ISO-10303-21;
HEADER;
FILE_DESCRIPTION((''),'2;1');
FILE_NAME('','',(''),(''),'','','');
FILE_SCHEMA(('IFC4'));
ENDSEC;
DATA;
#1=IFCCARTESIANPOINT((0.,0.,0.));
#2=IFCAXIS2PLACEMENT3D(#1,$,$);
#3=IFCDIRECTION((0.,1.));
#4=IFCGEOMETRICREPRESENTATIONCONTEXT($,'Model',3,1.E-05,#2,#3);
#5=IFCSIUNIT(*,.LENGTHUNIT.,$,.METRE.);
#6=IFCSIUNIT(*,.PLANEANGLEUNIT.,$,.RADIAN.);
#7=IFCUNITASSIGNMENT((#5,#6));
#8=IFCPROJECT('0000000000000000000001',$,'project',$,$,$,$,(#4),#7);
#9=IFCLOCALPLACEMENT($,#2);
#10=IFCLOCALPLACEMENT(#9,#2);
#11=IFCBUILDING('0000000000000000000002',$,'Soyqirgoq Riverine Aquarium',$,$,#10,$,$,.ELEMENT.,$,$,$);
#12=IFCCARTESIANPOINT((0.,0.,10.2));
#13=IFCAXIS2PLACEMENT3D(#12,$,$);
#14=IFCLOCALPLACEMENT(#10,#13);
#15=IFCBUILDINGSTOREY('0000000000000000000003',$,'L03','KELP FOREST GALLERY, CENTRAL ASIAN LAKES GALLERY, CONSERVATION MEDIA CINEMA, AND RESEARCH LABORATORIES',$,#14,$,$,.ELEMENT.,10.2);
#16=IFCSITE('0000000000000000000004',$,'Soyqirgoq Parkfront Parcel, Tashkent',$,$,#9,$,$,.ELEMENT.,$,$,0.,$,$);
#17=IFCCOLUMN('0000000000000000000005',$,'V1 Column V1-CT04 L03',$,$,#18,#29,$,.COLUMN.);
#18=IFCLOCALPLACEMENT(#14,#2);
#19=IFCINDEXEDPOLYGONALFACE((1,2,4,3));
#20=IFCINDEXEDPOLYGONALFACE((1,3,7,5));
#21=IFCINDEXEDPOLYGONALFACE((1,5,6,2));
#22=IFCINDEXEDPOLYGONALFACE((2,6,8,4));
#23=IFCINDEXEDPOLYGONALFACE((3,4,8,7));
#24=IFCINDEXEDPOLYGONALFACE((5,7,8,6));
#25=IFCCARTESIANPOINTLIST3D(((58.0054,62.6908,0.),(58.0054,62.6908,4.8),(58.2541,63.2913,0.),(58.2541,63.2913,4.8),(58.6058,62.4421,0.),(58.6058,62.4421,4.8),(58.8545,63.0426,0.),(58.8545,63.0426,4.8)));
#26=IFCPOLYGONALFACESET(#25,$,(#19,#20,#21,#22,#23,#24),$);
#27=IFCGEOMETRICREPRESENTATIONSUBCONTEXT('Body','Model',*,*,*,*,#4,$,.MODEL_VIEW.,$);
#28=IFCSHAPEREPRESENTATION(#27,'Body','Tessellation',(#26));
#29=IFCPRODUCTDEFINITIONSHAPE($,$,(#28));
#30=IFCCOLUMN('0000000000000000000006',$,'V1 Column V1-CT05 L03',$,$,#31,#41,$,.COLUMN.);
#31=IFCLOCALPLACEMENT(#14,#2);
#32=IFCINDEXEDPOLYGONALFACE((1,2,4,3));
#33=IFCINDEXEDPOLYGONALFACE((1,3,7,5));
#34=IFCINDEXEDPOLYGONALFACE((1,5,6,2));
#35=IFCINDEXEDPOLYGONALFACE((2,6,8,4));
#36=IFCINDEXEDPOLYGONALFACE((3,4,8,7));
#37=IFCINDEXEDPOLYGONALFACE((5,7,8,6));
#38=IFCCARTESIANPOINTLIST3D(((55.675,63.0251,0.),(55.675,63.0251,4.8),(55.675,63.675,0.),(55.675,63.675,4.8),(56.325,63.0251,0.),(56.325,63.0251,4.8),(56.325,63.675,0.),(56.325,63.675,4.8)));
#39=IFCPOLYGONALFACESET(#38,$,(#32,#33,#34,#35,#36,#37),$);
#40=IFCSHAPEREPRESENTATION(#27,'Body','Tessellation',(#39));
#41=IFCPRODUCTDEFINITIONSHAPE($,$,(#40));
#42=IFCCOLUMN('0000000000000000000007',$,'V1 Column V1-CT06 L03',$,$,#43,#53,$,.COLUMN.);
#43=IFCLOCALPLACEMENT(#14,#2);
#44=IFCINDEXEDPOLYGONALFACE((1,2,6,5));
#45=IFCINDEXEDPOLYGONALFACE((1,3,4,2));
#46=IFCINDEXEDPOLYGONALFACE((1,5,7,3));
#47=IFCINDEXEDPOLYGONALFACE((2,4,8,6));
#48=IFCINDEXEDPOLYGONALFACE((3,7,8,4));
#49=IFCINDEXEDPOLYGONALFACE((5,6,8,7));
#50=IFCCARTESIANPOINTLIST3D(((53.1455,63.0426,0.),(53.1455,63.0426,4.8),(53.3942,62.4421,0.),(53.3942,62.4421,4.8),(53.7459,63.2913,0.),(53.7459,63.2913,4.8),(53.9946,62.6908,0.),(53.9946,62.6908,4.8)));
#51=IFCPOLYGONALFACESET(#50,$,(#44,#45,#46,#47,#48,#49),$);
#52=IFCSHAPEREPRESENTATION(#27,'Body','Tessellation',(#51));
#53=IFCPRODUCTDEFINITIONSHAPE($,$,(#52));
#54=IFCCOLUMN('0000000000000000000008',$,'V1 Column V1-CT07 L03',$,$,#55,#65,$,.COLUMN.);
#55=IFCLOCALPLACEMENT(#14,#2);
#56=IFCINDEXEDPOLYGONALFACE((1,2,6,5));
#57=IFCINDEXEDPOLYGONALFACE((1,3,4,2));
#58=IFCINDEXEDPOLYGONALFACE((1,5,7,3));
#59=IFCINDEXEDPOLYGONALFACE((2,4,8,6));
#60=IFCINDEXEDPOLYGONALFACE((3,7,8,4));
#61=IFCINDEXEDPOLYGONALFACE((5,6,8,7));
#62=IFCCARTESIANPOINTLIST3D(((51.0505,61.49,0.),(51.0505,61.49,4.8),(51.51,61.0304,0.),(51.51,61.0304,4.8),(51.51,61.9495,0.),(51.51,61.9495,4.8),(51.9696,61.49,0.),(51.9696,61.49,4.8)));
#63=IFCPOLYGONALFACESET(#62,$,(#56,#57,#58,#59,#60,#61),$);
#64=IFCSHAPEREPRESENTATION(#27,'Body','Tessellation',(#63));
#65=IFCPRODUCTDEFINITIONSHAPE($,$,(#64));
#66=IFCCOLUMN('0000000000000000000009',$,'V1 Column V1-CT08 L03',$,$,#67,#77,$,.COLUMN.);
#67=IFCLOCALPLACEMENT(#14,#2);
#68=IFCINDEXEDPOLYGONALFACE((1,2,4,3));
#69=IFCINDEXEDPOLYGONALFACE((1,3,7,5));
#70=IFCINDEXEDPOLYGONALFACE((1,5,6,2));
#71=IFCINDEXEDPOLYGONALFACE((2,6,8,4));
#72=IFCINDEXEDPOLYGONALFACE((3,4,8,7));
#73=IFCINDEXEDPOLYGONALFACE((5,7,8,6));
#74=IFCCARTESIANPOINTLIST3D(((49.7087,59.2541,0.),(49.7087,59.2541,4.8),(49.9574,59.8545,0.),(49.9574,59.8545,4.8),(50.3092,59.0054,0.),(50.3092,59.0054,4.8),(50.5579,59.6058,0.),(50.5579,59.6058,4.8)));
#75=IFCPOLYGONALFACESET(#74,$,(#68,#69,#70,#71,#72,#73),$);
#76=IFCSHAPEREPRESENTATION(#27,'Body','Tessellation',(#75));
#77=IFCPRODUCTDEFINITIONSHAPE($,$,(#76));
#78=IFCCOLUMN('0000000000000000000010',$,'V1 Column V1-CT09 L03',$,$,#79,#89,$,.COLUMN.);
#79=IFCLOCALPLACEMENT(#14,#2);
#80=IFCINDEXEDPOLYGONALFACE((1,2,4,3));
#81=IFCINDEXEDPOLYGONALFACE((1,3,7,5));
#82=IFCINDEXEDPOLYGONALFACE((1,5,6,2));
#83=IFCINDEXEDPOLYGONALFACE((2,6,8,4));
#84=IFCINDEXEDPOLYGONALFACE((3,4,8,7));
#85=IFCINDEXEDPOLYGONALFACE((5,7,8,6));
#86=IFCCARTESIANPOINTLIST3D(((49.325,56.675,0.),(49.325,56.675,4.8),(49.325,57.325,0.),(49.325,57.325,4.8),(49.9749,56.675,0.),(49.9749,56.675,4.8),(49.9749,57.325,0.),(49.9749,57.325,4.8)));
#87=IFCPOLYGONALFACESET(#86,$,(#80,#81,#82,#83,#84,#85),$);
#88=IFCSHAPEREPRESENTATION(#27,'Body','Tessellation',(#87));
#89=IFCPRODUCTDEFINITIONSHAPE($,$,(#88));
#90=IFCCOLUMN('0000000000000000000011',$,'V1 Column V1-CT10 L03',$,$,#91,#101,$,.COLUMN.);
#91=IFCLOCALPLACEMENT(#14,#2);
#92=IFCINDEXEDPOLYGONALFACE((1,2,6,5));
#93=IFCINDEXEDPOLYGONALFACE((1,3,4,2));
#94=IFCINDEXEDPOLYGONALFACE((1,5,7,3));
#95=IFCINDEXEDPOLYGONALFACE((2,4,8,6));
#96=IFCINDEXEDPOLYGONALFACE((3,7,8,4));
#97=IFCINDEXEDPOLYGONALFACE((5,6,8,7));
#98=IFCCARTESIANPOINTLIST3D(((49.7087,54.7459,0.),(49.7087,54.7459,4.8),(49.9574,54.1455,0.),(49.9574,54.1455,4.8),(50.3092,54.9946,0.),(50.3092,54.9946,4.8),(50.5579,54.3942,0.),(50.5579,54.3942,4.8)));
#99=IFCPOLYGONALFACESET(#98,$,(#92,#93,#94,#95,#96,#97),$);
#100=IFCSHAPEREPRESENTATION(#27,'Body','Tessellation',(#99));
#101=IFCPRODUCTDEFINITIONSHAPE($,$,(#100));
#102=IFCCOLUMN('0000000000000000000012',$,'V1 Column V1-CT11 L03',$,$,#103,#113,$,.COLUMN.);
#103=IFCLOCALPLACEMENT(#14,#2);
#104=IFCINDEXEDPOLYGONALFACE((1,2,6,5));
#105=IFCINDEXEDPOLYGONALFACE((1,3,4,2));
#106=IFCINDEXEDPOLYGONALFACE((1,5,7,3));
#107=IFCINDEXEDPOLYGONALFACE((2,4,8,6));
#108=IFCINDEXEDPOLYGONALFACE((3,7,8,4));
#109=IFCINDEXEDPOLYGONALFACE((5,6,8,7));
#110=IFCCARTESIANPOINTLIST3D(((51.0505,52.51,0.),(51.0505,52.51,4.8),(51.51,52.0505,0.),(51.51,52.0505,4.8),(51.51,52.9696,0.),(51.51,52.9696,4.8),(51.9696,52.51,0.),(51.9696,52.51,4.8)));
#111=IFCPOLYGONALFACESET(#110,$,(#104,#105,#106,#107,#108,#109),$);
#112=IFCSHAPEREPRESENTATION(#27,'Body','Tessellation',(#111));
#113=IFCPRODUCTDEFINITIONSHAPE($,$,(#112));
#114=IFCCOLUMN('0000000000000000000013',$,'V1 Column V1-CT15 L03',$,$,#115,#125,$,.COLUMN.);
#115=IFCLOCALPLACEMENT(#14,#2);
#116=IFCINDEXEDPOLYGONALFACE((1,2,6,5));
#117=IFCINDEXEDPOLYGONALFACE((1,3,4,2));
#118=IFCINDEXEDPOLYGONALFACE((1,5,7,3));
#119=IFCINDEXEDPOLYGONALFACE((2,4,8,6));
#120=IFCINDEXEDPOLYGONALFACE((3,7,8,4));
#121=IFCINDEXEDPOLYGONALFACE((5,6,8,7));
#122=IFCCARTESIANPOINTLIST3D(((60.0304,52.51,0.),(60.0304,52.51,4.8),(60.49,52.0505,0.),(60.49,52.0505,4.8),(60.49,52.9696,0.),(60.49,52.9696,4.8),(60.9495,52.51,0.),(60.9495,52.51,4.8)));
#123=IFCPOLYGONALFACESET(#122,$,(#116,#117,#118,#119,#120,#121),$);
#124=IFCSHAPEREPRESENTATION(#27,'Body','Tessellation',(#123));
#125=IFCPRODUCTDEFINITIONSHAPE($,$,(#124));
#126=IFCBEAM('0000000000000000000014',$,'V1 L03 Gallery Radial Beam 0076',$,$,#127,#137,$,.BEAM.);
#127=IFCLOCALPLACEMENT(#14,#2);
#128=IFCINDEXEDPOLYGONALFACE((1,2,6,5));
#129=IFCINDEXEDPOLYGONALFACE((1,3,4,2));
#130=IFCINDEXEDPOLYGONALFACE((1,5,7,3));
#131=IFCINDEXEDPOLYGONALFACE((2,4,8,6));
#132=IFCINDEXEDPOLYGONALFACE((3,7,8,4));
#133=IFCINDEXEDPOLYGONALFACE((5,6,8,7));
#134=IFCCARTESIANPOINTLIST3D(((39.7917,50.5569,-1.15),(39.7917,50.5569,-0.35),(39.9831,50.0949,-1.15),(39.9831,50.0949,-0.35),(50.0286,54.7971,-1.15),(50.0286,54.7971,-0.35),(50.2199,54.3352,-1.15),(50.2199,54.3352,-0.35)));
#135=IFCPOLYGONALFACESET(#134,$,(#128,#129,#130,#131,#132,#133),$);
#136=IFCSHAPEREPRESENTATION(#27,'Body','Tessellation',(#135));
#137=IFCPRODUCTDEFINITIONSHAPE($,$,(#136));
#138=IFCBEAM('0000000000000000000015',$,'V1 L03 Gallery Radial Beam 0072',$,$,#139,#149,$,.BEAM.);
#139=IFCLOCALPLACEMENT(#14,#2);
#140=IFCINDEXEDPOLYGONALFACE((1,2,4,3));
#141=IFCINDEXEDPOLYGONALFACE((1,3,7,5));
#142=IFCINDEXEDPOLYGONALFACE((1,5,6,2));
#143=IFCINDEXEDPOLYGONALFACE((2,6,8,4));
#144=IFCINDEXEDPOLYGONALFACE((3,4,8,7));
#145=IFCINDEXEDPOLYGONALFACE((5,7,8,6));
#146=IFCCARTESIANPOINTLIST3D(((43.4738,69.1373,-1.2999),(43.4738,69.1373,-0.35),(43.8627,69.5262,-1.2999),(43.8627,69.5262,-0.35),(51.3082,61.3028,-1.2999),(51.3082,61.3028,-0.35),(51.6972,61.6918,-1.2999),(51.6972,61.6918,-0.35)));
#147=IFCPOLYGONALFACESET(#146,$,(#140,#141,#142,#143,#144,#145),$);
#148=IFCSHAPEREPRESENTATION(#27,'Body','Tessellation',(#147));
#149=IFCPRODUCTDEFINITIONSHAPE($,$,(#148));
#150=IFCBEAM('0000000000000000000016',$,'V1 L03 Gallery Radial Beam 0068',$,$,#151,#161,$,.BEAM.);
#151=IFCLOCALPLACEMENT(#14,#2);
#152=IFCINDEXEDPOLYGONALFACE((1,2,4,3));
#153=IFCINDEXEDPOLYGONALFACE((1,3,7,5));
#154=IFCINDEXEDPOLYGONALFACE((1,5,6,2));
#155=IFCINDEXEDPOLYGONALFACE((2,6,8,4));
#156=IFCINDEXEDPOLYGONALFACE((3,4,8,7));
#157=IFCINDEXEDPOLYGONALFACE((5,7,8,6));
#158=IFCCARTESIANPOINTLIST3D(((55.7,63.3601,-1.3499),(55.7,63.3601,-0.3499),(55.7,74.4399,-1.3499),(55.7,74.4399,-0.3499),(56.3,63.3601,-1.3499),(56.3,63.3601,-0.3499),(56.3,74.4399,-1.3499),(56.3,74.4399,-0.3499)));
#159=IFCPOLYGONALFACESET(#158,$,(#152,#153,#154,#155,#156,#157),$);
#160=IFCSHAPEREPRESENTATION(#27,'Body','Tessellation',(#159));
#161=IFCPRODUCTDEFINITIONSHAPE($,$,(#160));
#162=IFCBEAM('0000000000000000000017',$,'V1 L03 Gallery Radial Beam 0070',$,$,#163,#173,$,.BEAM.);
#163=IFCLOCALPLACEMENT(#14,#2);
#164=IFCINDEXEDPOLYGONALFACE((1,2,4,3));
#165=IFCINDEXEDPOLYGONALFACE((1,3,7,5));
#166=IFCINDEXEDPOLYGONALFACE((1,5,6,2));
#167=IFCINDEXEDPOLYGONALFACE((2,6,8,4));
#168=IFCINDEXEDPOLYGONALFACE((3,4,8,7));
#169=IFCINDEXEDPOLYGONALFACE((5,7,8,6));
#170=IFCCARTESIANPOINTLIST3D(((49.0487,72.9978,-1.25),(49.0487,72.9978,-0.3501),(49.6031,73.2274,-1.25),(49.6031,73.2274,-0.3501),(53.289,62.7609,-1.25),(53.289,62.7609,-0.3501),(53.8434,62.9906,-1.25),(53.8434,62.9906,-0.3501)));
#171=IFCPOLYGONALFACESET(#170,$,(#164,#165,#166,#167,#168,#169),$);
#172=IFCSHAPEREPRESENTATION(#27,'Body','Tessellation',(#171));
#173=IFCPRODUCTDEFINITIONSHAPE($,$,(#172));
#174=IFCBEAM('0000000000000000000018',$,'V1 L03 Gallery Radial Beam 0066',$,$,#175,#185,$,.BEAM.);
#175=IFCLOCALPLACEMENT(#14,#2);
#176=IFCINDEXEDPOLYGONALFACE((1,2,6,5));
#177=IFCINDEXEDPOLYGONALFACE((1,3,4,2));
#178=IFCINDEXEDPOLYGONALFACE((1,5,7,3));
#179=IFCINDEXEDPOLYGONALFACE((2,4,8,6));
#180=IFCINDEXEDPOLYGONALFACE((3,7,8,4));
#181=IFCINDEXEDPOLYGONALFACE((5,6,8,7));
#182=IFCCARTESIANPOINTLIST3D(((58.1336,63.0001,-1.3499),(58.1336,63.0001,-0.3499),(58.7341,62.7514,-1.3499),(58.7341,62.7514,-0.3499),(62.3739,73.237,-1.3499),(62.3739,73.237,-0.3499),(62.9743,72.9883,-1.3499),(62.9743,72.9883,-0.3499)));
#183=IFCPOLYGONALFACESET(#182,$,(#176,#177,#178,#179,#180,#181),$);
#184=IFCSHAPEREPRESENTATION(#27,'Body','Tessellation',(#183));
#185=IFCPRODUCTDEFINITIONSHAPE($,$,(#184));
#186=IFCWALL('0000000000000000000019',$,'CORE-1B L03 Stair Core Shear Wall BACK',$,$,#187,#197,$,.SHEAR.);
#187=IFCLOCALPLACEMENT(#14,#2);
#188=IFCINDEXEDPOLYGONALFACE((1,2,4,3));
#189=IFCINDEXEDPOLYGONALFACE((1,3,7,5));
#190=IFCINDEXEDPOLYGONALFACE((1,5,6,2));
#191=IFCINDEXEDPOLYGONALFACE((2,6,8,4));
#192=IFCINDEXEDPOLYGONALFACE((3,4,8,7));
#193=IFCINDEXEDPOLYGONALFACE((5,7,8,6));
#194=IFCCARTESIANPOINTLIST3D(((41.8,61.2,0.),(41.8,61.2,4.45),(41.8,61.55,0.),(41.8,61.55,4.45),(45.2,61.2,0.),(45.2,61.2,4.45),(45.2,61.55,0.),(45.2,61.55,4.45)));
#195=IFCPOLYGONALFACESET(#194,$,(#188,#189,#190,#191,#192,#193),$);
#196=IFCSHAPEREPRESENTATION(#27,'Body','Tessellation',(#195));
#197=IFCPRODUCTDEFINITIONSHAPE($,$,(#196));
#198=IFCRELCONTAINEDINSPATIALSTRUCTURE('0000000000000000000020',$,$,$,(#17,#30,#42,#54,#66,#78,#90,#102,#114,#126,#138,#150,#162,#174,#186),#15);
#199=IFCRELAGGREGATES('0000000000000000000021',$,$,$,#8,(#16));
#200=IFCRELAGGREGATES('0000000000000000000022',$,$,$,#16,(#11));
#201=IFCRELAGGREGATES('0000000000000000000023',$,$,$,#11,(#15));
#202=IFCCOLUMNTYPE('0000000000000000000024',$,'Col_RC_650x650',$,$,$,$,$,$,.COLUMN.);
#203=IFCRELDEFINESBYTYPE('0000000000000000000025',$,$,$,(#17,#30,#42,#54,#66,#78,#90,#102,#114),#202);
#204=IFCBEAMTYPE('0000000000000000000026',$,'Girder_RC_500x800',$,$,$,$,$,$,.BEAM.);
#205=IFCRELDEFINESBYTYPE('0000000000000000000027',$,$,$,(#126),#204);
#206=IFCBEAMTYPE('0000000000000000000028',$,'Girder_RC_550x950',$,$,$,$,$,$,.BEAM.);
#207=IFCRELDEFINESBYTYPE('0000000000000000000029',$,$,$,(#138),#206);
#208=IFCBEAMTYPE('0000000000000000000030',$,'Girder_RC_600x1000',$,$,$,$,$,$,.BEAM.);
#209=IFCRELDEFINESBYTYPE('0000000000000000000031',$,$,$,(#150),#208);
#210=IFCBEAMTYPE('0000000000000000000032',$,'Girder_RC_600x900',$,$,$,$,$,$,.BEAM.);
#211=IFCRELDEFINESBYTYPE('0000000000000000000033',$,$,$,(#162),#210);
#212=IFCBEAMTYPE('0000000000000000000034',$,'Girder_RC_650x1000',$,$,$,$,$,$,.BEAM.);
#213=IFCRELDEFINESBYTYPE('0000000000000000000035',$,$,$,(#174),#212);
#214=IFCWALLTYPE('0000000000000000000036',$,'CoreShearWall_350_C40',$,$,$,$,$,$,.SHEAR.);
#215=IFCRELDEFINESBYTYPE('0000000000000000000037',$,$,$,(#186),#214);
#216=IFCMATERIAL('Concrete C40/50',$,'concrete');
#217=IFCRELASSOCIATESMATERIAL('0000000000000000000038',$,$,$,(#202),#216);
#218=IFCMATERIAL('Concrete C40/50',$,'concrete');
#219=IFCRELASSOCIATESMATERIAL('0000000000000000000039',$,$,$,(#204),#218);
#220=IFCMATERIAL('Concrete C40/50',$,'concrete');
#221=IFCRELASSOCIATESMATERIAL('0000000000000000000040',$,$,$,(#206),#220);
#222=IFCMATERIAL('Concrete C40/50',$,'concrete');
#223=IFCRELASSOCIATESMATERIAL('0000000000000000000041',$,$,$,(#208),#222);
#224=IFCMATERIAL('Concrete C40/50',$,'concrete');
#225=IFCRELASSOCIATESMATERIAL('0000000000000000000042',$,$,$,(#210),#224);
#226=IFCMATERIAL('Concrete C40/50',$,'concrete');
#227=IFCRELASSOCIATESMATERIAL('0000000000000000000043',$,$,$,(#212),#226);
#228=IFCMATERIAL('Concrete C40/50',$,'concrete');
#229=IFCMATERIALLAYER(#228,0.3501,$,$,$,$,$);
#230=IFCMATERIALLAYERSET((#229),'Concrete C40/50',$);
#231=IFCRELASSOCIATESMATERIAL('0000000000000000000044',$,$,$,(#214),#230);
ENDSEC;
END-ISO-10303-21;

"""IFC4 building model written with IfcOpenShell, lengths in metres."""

from ifc_helpers import new_model, si_unit, direction, frame, frame_2d, origin, origin_2d, place, context, subcontext, project, spatial, rectangle, extrude, material, layer, layer_set, material_profile, profile_set, type_object, element, save


model = new_model("IFC4")

# Units and contexts
model_context = context("Model", 3, precision=1e-05, world=origin(), true_north=direction((0.0, 1.0)))
body_context = subcontext(model_context, "Body", "Model", "MODEL_VIEW")
ifc_project = project(units=[si_unit("LENGTHUNIT", "METRE"), si_unit("PLANEANGLEUNIT", "RADIAN")], contexts=[model_context])

# Site, building, storey
site_placement = place(None, origin())
site = spatial("IfcSite", under=ifc_project, at=site_placement, Name="Soyqirgoq Parkfront Parcel, Tashkent", CompositionType="ELEMENT", RefElevation=0.0)
building_placement = place(site_placement, origin())
building = spatial("IfcBuilding", under=site, at=building_placement, Name="Soyqirgoq Riverine Aquarium", CompositionType="ELEMENT")
storey_placement = place(building_placement, frame((0.0, 0.0, 10.2)))
storey = spatial("IfcBuildingStorey", under=building, at=storey_placement, Name="L03", Description="KELP FOREST GALLERY, CENTRAL ASIAN LAKES GALLERY, CONSERVATION MEDIA CINEMA, AND RESEARCH LABORATORIES", CompositionType="ELEMENT", Elevation=10.2)

# Columns
ifc_material_1 = material(Name="Concrete C40/50", Category="concrete")
ifc_material_profile_1 = material_profile(ifc_material_1, rectangle(XDim=0.6499, YDim=0.6499, at=origin_2d()), Name="RC 650x650")
ifc_profile_set_1 = profile_set([ifc_material_profile_1], Name="Concrete C40/50")
column_type = type_object("IfcColumnType", Name="Col_RC_650x650", PredefinedType="COLUMN", material=ifc_profile_set_1)
for number, where, z_axis, x_axis, name in (
    (1, (58.4299, 62.8667, 0.0), (0.0, 0.0, 1.0), (0.382683, 0.92388, 0.0), "V1 Column V1-CT04 L03"),
    (2, (56.0, 63.3501, 0.0), (0.0, 0.0, 1.0), (0.0, 1.0, 0.0), "V1 Column V1-CT05 L03"),
    (3, (53.5701, 62.8667, 0.0), (0.0, 0.0, 1.0), (-0.382683, 0.92388, 0.0), "V1 Column V1-CT06 L03"),
    (4, (51.51, 61.49, 0.0), (0.0, 0.0, 1.0), (-0.707107, 0.707107, 0.0), "V1 Column V1-CT07 L03"),
    (5, (50.1333, 59.4299, 0.0), (0.0, 0.0, 1.0), (-0.92388, 0.382683, 0.0), "V1 Column V1-CT08 L03"),
    (6, (49.6499, 57.0, 0.0), (0.0, 0.0, 1.0), (-1.0, 0.0, 0.0), "V1 Column V1-CT09 L03"),
    (7, (50.1333, 54.5701, 0.0), (0.0, 0.0, 1.0), (-0.92388, -0.382683, 0.0), "V1 Column V1-CT10 L03"),
    (8, (51.51, 52.51, 0.0), (0.0, 0.0, 1.0), (-0.707107, -0.707107, 0.0), "V1 Column V1-CT11 L03"),
    (9, (60.49, 52.51, 0.0), (0.0, 0.0, 1.0), (0.707107, -0.707107, 0.0), "V1 Column V1-CT15 L03"),
):
    element("IfcColumn", number, at=place(storey_placement, frame(where, z_axis=z_axis, x_axis=x_axis)), inside=storey, type_object=column_type, Name=name, PredefinedType="COLUMN", context=body_context, shape_type="SweptSolid", body=[
        extrude(rectangle(XDim=0.6499, YDim=0.6499, at=origin_2d()), origin(), (0.0, 0.0, 1.0), 4.8),
    ])

# Beams
ifc_material_2 = material(Name="Concrete C40/50", Category="concrete")
ifc_material_profile_2 = material_profile(ifc_material_2, rectangle(XDim=0.5, YDim=0.8, at=origin_2d()), Name="RC 500x800")
ifc_profile_set_2 = profile_set([ifc_material_profile_2], Name="Concrete C40/50")
beam_type_1 = type_object("IfcBeamType", Name="Girder_RC_500x800", PredefinedType="BEAM", material=ifc_profile_set_2)
beam_1_placement = place(storey_placement, frame((50.1243, 54.5662, -0.75), z_axis=(-0.923879, -0.382684, 0.0), x_axis=(0.382684, -0.923879, 0.0)))
element("IfcBeam", 10, at=beam_1_placement, inside=storey, type_object=beam_type_1, Name="V1 L03 Gallery Radial Beam 0076", PredefinedType="BEAM", context=body_context, shape_type="SweptSolid", body=[
    extrude(rectangle(XDim=0.5, YDim=0.8, at=origin_2d()), origin(), (0.0, 0.0, 1.0), 11.0803),
])
ifc_material_3 = material(Name="Concrete C40/50", Category="concrete")
ifc_material_profile_3 = material_profile(ifc_material_3, rectangle(XDim=0.55, YDim=0.95, at=origin_2d()), Name="RC 550x950")
ifc_profile_set_3 = profile_set([ifc_material_profile_3], Name="Concrete C40/50")
beam_type_2 = type_object("IfcBeamType", Name="Girder_RC_550x950", PredefinedType="BEAM", material=ifc_profile_set_3)
beam_2_placement = place(storey_placement, frame((51.5027, 61.4973, -0.825), z_axis=(-0.707107, 0.707107, 0.0), x_axis=(-0.707107, -0.707107, 0.0)))
element("IfcBeam", 11, at=beam_2_placement, inside=storey, type_object=beam_type_2, Name="V1 L03 Gallery Radial Beam 0072", PredefinedType="BEAM", context=body_context, shape_type="SweptSolid", body=[
    extrude(rectangle(XDim=0.55, YDim=0.95, at=origin_2d()), origin(), (0.0, 0.0, 1.0), 11.0796),
])
ifc_material_4 = material(Name="Concrete C40/50", Category="concrete")
ifc_material_profile_4 = material_profile(ifc_material_4, rectangle(XDim=0.6001, YDim=1.0, at=origin_2d()), Name="RC 600x1000")
ifc_profile_set_4 = profile_set([ifc_material_profile_4], Name="Concrete C40/50")
beam_type_3 = type_object("IfcBeamType", Name="Girder_RC_600x1000", PredefinedType="BEAM", material=ifc_profile_set_4)
beam_3_placement = place(storey_placement, frame((56.0, 63.3601, -0.8499), z_axis=(0.0, 1.0, 0.0), x_axis=(-1.0, 0.0, 0.0)))
element("IfcBeam", 12, at=beam_3_placement, inside=storey, type_object=beam_type_3, Name="V1 L03 Gallery Radial Beam 0068", PredefinedType="BEAM", context=body_context, shape_type="SweptSolid", body=[
    extrude(rectangle(XDim=0.6001, YDim=1.0, at=origin_2d()), origin(), (0.0, 0.0, 1.0), 11.0798),
])
ifc_material_5 = material(Name="Concrete C40/50", Category="concrete")
ifc_material_profile_5 = material_profile(ifc_material_5, rectangle(XDim=0.6001, YDim=0.8999, at=origin_2d()), Name="RC 600x900")
ifc_profile_set_5 = profile_set([ifc_material_profile_5], Name="Concrete C40/50")
beam_type_4 = type_object("IfcBeamType", Name="Girder_RC_600x900", PredefinedType="BEAM", material=ifc_profile_set_5)
beam_4_placement = place(storey_placement, frame((53.5662, 62.8757, -0.8), z_axis=(-0.382684, 0.923879, 0.0), x_axis=(-0.923879, -0.382684, 0.0)))
element("IfcBeam", 13, at=beam_4_placement, inside=storey, type_object=beam_type_4, Name="V1 L03 Gallery Radial Beam 0070", PredefinedType="BEAM", context=body_context, shape_type="SweptSolid", body=[
    extrude(rectangle(XDim=0.6001, YDim=0.8999, at=origin_2d()), origin(), (0.0, 0.0, 1.0), 11.0803),
])
ifc_material_6 = material(Name="Concrete C40/50", Category="concrete")
ifc_material_profile_6 = material_profile(ifc_material_6, rectangle(XDim=0.6499, YDim=1.0, at=origin_2d()), Name="RC 650x1000")
ifc_profile_set_6 = profile_set([ifc_material_profile_6], Name="Concrete C40/50")
beam_type_5 = type_object("IfcBeamType", Name="Girder_RC_650x1000", PredefinedType="BEAM", material=ifc_profile_set_6)
beam_5_placement = place(storey_placement, frame((58.4338, 62.8757, -0.8499), z_axis=(0.382684, 0.923879, 0.0), x_axis=(-0.923879, 0.382684, 0.0)))
element("IfcBeam", 14, at=beam_5_placement, inside=storey, type_object=beam_type_5, Name="V1 L03 Gallery Radial Beam 0066", PredefinedType="BEAM", context=body_context, shape_type="SweptSolid", body=[
    extrude(rectangle(XDim=0.6499, YDim=1.0, at=origin_2d()), origin(), (0.0, 0.0, 1.0), 11.0803),
])

# Wall
ifc_material_7 = material(Name="Concrete C40/50", Category="concrete")
ifc_layer_1 = layer(ifc_material_7, 0.3501)
ifc_layer_set_1 = layer_set([ifc_layer_1], Name="Concrete C40/50")
wall_type_1 = type_object("IfcWallType", Name="CoreShearWall_350_C40", PredefinedType="SHEAR", material=ifc_layer_set_1)
wall_1_placement = place(storey_placement, frame((45.2, 61.375, 0.0), z_axis=(0.0, 0.0, 1.0), x_axis=(-1.0, 0.0, 0.0)))
element("IfcWall", 15, at=wall_1_placement, inside=storey, type_object=wall_type_1, Name="CORE-1B L03 Stair Core Shear Wall BACK", PredefinedType="SHEAR", context=body_context, shape_type="SweptSolid", body=[
    extrude(rectangle(XDim=3.3999, YDim=0.3501, at=frame_2d((1.7, 0.0))), origin(), (0.0, 0.0, 1.0), 4.45),
])

save(model, "model.ifc")
